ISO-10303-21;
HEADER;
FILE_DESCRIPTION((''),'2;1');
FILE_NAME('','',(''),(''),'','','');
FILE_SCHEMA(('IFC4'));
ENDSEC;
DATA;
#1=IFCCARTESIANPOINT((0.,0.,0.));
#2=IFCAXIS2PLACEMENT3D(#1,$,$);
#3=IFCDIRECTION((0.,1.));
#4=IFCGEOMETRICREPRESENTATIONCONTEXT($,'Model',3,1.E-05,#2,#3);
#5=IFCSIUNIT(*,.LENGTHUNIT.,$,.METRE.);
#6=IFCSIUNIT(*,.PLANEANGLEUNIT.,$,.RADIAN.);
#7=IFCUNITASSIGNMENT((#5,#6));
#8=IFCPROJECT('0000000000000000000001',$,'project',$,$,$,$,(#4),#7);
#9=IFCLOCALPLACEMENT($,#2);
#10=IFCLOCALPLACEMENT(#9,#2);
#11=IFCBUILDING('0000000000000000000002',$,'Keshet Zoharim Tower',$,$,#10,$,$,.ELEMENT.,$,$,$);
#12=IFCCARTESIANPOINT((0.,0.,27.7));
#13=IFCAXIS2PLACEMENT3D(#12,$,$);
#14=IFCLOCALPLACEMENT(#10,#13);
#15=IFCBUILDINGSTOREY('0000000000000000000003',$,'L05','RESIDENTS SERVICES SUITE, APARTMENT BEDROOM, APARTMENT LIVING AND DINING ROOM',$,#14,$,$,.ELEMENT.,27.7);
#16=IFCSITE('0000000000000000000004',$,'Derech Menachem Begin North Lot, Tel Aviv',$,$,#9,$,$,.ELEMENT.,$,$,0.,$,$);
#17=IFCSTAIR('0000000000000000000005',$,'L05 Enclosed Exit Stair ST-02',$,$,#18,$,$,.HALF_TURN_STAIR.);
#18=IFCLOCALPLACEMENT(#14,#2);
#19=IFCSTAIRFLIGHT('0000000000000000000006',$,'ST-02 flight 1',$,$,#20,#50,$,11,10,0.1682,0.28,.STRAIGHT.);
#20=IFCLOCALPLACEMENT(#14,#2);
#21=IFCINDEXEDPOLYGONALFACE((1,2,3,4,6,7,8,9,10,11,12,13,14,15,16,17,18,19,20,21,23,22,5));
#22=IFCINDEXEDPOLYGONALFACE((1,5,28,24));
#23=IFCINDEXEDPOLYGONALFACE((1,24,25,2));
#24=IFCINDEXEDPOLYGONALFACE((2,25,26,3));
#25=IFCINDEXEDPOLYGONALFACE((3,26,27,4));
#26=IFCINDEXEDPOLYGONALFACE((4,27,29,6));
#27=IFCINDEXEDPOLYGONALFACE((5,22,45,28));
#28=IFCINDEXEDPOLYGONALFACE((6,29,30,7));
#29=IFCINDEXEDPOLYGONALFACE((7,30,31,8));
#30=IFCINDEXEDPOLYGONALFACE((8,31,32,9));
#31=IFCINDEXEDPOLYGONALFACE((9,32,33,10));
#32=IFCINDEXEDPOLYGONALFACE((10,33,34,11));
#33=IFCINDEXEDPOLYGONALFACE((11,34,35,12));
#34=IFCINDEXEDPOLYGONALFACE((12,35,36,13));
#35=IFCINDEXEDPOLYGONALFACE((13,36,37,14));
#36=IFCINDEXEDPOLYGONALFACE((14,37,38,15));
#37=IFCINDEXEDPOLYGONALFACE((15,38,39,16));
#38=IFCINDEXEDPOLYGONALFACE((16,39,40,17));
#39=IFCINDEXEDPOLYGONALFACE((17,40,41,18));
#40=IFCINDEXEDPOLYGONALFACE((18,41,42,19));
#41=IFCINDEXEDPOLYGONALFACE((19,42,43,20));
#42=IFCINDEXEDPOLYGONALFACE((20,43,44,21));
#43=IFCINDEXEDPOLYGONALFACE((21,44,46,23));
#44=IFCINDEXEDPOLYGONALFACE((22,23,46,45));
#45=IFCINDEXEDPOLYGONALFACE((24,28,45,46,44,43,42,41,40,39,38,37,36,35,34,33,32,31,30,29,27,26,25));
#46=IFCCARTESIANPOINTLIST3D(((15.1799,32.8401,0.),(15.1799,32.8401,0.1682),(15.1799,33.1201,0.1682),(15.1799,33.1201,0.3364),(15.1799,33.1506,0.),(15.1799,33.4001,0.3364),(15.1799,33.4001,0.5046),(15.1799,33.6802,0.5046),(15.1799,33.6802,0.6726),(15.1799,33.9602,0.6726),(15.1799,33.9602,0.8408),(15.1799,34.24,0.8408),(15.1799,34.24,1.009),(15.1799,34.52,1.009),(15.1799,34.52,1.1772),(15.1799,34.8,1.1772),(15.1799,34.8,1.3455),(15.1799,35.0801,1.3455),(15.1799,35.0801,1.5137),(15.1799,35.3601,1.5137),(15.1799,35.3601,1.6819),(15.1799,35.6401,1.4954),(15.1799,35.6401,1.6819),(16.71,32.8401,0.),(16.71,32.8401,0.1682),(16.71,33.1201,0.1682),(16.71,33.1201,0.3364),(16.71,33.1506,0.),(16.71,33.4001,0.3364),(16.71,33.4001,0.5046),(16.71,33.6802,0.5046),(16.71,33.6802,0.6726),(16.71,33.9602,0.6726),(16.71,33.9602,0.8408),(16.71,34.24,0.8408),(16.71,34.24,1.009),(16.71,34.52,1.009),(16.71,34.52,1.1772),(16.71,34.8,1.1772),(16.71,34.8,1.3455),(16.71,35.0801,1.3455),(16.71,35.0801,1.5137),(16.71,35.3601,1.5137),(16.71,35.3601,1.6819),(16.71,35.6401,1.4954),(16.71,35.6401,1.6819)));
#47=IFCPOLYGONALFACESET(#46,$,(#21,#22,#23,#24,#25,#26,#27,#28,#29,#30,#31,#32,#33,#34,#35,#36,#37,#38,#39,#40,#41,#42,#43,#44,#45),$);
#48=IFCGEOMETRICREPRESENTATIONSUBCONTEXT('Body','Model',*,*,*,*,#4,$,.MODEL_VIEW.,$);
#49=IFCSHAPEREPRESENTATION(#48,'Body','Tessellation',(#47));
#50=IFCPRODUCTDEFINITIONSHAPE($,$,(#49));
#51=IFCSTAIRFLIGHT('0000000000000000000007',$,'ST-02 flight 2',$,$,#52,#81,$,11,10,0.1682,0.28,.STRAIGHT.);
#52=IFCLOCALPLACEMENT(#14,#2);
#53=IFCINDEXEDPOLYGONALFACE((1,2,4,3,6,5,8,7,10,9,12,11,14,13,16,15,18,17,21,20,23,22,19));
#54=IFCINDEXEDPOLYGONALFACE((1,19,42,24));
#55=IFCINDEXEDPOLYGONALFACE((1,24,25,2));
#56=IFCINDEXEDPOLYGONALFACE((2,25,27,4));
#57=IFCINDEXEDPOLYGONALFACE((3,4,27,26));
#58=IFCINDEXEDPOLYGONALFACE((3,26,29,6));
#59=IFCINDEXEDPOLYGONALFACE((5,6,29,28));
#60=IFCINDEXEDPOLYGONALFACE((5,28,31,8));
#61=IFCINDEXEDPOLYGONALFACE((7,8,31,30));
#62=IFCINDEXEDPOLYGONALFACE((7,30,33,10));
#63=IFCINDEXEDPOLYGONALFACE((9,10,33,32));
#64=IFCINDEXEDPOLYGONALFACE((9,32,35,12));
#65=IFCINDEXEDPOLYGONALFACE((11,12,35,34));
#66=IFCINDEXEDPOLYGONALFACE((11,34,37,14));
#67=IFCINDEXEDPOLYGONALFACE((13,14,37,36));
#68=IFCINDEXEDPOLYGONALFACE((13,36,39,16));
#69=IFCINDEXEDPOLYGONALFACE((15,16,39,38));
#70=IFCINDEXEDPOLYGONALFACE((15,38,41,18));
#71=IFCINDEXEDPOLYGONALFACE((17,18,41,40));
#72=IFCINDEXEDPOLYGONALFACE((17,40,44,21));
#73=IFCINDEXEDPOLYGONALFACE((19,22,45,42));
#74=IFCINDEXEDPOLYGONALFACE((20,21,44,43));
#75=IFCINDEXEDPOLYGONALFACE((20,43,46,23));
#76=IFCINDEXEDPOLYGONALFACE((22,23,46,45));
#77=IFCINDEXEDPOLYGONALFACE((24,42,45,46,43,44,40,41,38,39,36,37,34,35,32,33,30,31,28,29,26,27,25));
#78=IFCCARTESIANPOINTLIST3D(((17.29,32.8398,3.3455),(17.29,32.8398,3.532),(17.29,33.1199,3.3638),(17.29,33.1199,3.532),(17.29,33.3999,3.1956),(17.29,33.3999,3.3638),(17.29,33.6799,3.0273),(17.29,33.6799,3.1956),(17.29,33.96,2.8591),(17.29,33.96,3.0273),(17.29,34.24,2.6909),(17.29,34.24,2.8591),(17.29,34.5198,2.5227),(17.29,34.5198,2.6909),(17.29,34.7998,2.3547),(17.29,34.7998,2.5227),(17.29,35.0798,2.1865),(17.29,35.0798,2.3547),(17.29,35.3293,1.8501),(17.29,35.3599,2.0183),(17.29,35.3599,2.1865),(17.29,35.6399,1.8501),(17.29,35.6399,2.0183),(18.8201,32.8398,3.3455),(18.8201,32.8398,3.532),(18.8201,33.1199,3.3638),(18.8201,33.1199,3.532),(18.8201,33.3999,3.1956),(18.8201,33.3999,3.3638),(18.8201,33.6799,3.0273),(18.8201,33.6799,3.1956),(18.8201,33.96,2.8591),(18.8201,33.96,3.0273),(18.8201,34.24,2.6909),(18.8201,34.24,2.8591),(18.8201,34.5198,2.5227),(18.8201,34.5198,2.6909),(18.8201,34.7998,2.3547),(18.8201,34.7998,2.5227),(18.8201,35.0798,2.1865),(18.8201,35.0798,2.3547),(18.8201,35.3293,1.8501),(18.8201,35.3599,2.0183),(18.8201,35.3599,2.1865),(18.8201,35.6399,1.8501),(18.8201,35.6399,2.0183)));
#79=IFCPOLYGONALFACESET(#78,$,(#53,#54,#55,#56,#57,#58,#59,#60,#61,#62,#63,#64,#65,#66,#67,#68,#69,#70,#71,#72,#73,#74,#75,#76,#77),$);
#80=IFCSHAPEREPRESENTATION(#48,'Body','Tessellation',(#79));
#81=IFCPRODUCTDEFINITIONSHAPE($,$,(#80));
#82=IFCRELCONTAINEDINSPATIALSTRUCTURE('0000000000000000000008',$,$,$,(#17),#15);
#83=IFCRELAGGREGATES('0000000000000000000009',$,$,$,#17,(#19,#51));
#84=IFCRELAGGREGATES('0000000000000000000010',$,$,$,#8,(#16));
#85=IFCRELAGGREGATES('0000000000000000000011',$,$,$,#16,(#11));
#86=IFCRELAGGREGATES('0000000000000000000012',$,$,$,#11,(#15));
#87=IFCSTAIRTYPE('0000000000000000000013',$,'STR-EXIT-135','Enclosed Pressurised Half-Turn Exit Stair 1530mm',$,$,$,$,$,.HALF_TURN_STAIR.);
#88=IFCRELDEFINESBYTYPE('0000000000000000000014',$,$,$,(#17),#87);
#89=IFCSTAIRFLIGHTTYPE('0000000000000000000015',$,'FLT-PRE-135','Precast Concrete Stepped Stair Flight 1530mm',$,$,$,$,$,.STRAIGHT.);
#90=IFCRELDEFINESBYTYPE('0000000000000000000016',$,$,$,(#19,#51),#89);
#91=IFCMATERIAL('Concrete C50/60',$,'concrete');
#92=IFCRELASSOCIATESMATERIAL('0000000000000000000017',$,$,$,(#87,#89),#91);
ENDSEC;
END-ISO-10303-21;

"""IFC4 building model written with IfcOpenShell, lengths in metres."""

from ifc_helpers import new_model, si_unit, direction, frame, origin, place, context, subcontext, project, spatial, polyline, outline, extrude, material, type_object, element, aggregate, save


model = new_model("IFC4")

# Units and contexts
model_context = context("Model", 3, precision=1e-05, world=origin(), true_north=direction((0.0, 1.0)))
body_context = subcontext(model_context, "Body", "Model", "MODEL_VIEW")
ifc_project = project(units=[si_unit("LENGTHUNIT", "METRE"), si_unit("PLANEANGLEUNIT", "RADIAN")], contexts=[model_context])

# Site, building, storey
site_placement = place(None, origin())
site = spatial("IfcSite", under=ifc_project, at=site_placement, Name="Derech Menachem Begin North Lot, Tel Aviv", CompositionType="ELEMENT", RefElevation=0.0)
building_placement = place(site_placement, origin())
building = spatial("IfcBuilding", under=site, at=building_placement, Name="Keshet Zoharim Tower", CompositionType="ELEMENT")
storey_placement = place(building_placement, frame((0.0, 0.0, 27.7)))
storey = spatial("IfcBuildingStorey", under=building, at=storey_placement, Name="L05", Description="RESIDENTS SERVICES SUITE, APARTMENT BEDROOM, APARTMENT LIVING AND DINING ROOM", CompositionType="ELEMENT", Elevation=27.7)

# Stair, stair flights
ifc_material_1 = material(Name="Concrete C50/60", Category="concrete")
stair_type = type_object("IfcStairType", Name="STR-EXIT-135", Description="Enclosed Pressurised Half-Turn Exit Stair 1530mm", PredefinedType="HALF_TURN_STAIR", material=ifc_material_1)
stair_flight_type = type_object("IfcStairFlightType", Name="FLT-PRE-135", Description="Precast Concrete Stepped Stair Flight 1530mm", PredefinedType="STRAIGHT", material=ifc_material_1)
stair_1_placement = place(storey_placement, origin())
stair_1 = element("IfcStair", 1, at=stair_1_placement, inside=storey, type_object=stair_type, Name="L05 Enclosed Exit Stair ST-02", PredefinedType="HALF_TURN_STAIR")
stair_flight_1_placement = place(storey_placement, frame((15.9451, 32.8401, 0.0), z_axis=(0.0, 0.0, 1.0), x_axis=(0.0, 1.0, 0.0)))
stair_flight_1 = element("IfcStairFlight", 2, at=stair_flight_1_placement, type_object=stair_flight_type, Name="ST-02 flight 1", NumberOfRisers=11, NumberOfTreads=10, PredefinedType="STRAIGHT", RiserHeight=0.1682, TreadLength=0.28, context=body_context, shape_type="SweptSolid", body=[
    extrude(outline(polyline([(0.0, 0.0), (0.0, 0.1682), (0.28, 0.1682), (0.28, 0.3364), (0.5601, 0.3364), (0.5601, 0.5046), (0.8401, 0.5046), (0.8401, 0.6726), (1.1201, 0.6726), (1.1201, 0.8408), (1.3999, 0.8408), (1.3999, 1.009), (1.6799, 1.009), (1.6799, 1.1772), (1.96, 1.1772), (1.96, 1.3455), (2.24, 1.3455), (2.24, 1.5137), (2.52, 1.5137), (2.52, 1.6819), (2.8, 1.6819), (2.8, 1.8501), (2.8, 1.4954), (0.3105, 0.0), (0.0, 0.0)])), frame((0.0, 0.7651, 0.0), z_axis=(0.0, -1.0, 0.0), x_axis=(1.0, 0.0, 0.0)), (0.0, 0.0, 1.0), 1.53),
])
stair_flight_2_placement = place(storey_placement, frame((18.0549, 35.6399, 1.8501), z_axis=(0.0, 0.0, 1.0), x_axis=(0.0, -1.0, 0.0)))
stair_flight_2 = element("IfcStairFlight", 3, at=stair_flight_2_placement, type_object=stair_flight_type, Name="ST-02 flight 2", NumberOfRisers=11, NumberOfTreads=10, PredefinedType="STRAIGHT", RiserHeight=0.1682, TreadLength=0.28, context=body_context, shape_type="SweptSolid", body=[
    extrude(outline(polyline([(0.0, 0.0), (0.0, 0.1682), (0.28, 0.1682), (0.28, 0.3364), (0.5601, 0.3364), (0.5601, 0.5046), (0.8401, 0.5046), (0.8401, 0.6726), (1.1201, 0.6726), (1.1201, 0.8408), (1.3999, 0.8408), (1.3999, 1.009), (1.6799, 1.009), (1.6799, 1.1772), (1.96, 1.1772), (1.96, 1.3455), (2.24, 1.3455), (2.24, 1.5137), (2.52, 1.5137), (2.52, 1.6819), (2.8, 1.6819), (2.8, 1.8501), (2.8, 1.4954), (0.3105, 0.0), (0.0, 0.0)])), frame((0.0, 0.7651, 0.0), z_axis=(0.0, -1.0, 0.0), x_axis=(1.0, 0.0, 0.0)), (0.0, 0.0, 1.0), 1.53),
])
aggregate(stair_1, [stair_flight_1, stair_flight_2])

save(model, "model.ifc")
